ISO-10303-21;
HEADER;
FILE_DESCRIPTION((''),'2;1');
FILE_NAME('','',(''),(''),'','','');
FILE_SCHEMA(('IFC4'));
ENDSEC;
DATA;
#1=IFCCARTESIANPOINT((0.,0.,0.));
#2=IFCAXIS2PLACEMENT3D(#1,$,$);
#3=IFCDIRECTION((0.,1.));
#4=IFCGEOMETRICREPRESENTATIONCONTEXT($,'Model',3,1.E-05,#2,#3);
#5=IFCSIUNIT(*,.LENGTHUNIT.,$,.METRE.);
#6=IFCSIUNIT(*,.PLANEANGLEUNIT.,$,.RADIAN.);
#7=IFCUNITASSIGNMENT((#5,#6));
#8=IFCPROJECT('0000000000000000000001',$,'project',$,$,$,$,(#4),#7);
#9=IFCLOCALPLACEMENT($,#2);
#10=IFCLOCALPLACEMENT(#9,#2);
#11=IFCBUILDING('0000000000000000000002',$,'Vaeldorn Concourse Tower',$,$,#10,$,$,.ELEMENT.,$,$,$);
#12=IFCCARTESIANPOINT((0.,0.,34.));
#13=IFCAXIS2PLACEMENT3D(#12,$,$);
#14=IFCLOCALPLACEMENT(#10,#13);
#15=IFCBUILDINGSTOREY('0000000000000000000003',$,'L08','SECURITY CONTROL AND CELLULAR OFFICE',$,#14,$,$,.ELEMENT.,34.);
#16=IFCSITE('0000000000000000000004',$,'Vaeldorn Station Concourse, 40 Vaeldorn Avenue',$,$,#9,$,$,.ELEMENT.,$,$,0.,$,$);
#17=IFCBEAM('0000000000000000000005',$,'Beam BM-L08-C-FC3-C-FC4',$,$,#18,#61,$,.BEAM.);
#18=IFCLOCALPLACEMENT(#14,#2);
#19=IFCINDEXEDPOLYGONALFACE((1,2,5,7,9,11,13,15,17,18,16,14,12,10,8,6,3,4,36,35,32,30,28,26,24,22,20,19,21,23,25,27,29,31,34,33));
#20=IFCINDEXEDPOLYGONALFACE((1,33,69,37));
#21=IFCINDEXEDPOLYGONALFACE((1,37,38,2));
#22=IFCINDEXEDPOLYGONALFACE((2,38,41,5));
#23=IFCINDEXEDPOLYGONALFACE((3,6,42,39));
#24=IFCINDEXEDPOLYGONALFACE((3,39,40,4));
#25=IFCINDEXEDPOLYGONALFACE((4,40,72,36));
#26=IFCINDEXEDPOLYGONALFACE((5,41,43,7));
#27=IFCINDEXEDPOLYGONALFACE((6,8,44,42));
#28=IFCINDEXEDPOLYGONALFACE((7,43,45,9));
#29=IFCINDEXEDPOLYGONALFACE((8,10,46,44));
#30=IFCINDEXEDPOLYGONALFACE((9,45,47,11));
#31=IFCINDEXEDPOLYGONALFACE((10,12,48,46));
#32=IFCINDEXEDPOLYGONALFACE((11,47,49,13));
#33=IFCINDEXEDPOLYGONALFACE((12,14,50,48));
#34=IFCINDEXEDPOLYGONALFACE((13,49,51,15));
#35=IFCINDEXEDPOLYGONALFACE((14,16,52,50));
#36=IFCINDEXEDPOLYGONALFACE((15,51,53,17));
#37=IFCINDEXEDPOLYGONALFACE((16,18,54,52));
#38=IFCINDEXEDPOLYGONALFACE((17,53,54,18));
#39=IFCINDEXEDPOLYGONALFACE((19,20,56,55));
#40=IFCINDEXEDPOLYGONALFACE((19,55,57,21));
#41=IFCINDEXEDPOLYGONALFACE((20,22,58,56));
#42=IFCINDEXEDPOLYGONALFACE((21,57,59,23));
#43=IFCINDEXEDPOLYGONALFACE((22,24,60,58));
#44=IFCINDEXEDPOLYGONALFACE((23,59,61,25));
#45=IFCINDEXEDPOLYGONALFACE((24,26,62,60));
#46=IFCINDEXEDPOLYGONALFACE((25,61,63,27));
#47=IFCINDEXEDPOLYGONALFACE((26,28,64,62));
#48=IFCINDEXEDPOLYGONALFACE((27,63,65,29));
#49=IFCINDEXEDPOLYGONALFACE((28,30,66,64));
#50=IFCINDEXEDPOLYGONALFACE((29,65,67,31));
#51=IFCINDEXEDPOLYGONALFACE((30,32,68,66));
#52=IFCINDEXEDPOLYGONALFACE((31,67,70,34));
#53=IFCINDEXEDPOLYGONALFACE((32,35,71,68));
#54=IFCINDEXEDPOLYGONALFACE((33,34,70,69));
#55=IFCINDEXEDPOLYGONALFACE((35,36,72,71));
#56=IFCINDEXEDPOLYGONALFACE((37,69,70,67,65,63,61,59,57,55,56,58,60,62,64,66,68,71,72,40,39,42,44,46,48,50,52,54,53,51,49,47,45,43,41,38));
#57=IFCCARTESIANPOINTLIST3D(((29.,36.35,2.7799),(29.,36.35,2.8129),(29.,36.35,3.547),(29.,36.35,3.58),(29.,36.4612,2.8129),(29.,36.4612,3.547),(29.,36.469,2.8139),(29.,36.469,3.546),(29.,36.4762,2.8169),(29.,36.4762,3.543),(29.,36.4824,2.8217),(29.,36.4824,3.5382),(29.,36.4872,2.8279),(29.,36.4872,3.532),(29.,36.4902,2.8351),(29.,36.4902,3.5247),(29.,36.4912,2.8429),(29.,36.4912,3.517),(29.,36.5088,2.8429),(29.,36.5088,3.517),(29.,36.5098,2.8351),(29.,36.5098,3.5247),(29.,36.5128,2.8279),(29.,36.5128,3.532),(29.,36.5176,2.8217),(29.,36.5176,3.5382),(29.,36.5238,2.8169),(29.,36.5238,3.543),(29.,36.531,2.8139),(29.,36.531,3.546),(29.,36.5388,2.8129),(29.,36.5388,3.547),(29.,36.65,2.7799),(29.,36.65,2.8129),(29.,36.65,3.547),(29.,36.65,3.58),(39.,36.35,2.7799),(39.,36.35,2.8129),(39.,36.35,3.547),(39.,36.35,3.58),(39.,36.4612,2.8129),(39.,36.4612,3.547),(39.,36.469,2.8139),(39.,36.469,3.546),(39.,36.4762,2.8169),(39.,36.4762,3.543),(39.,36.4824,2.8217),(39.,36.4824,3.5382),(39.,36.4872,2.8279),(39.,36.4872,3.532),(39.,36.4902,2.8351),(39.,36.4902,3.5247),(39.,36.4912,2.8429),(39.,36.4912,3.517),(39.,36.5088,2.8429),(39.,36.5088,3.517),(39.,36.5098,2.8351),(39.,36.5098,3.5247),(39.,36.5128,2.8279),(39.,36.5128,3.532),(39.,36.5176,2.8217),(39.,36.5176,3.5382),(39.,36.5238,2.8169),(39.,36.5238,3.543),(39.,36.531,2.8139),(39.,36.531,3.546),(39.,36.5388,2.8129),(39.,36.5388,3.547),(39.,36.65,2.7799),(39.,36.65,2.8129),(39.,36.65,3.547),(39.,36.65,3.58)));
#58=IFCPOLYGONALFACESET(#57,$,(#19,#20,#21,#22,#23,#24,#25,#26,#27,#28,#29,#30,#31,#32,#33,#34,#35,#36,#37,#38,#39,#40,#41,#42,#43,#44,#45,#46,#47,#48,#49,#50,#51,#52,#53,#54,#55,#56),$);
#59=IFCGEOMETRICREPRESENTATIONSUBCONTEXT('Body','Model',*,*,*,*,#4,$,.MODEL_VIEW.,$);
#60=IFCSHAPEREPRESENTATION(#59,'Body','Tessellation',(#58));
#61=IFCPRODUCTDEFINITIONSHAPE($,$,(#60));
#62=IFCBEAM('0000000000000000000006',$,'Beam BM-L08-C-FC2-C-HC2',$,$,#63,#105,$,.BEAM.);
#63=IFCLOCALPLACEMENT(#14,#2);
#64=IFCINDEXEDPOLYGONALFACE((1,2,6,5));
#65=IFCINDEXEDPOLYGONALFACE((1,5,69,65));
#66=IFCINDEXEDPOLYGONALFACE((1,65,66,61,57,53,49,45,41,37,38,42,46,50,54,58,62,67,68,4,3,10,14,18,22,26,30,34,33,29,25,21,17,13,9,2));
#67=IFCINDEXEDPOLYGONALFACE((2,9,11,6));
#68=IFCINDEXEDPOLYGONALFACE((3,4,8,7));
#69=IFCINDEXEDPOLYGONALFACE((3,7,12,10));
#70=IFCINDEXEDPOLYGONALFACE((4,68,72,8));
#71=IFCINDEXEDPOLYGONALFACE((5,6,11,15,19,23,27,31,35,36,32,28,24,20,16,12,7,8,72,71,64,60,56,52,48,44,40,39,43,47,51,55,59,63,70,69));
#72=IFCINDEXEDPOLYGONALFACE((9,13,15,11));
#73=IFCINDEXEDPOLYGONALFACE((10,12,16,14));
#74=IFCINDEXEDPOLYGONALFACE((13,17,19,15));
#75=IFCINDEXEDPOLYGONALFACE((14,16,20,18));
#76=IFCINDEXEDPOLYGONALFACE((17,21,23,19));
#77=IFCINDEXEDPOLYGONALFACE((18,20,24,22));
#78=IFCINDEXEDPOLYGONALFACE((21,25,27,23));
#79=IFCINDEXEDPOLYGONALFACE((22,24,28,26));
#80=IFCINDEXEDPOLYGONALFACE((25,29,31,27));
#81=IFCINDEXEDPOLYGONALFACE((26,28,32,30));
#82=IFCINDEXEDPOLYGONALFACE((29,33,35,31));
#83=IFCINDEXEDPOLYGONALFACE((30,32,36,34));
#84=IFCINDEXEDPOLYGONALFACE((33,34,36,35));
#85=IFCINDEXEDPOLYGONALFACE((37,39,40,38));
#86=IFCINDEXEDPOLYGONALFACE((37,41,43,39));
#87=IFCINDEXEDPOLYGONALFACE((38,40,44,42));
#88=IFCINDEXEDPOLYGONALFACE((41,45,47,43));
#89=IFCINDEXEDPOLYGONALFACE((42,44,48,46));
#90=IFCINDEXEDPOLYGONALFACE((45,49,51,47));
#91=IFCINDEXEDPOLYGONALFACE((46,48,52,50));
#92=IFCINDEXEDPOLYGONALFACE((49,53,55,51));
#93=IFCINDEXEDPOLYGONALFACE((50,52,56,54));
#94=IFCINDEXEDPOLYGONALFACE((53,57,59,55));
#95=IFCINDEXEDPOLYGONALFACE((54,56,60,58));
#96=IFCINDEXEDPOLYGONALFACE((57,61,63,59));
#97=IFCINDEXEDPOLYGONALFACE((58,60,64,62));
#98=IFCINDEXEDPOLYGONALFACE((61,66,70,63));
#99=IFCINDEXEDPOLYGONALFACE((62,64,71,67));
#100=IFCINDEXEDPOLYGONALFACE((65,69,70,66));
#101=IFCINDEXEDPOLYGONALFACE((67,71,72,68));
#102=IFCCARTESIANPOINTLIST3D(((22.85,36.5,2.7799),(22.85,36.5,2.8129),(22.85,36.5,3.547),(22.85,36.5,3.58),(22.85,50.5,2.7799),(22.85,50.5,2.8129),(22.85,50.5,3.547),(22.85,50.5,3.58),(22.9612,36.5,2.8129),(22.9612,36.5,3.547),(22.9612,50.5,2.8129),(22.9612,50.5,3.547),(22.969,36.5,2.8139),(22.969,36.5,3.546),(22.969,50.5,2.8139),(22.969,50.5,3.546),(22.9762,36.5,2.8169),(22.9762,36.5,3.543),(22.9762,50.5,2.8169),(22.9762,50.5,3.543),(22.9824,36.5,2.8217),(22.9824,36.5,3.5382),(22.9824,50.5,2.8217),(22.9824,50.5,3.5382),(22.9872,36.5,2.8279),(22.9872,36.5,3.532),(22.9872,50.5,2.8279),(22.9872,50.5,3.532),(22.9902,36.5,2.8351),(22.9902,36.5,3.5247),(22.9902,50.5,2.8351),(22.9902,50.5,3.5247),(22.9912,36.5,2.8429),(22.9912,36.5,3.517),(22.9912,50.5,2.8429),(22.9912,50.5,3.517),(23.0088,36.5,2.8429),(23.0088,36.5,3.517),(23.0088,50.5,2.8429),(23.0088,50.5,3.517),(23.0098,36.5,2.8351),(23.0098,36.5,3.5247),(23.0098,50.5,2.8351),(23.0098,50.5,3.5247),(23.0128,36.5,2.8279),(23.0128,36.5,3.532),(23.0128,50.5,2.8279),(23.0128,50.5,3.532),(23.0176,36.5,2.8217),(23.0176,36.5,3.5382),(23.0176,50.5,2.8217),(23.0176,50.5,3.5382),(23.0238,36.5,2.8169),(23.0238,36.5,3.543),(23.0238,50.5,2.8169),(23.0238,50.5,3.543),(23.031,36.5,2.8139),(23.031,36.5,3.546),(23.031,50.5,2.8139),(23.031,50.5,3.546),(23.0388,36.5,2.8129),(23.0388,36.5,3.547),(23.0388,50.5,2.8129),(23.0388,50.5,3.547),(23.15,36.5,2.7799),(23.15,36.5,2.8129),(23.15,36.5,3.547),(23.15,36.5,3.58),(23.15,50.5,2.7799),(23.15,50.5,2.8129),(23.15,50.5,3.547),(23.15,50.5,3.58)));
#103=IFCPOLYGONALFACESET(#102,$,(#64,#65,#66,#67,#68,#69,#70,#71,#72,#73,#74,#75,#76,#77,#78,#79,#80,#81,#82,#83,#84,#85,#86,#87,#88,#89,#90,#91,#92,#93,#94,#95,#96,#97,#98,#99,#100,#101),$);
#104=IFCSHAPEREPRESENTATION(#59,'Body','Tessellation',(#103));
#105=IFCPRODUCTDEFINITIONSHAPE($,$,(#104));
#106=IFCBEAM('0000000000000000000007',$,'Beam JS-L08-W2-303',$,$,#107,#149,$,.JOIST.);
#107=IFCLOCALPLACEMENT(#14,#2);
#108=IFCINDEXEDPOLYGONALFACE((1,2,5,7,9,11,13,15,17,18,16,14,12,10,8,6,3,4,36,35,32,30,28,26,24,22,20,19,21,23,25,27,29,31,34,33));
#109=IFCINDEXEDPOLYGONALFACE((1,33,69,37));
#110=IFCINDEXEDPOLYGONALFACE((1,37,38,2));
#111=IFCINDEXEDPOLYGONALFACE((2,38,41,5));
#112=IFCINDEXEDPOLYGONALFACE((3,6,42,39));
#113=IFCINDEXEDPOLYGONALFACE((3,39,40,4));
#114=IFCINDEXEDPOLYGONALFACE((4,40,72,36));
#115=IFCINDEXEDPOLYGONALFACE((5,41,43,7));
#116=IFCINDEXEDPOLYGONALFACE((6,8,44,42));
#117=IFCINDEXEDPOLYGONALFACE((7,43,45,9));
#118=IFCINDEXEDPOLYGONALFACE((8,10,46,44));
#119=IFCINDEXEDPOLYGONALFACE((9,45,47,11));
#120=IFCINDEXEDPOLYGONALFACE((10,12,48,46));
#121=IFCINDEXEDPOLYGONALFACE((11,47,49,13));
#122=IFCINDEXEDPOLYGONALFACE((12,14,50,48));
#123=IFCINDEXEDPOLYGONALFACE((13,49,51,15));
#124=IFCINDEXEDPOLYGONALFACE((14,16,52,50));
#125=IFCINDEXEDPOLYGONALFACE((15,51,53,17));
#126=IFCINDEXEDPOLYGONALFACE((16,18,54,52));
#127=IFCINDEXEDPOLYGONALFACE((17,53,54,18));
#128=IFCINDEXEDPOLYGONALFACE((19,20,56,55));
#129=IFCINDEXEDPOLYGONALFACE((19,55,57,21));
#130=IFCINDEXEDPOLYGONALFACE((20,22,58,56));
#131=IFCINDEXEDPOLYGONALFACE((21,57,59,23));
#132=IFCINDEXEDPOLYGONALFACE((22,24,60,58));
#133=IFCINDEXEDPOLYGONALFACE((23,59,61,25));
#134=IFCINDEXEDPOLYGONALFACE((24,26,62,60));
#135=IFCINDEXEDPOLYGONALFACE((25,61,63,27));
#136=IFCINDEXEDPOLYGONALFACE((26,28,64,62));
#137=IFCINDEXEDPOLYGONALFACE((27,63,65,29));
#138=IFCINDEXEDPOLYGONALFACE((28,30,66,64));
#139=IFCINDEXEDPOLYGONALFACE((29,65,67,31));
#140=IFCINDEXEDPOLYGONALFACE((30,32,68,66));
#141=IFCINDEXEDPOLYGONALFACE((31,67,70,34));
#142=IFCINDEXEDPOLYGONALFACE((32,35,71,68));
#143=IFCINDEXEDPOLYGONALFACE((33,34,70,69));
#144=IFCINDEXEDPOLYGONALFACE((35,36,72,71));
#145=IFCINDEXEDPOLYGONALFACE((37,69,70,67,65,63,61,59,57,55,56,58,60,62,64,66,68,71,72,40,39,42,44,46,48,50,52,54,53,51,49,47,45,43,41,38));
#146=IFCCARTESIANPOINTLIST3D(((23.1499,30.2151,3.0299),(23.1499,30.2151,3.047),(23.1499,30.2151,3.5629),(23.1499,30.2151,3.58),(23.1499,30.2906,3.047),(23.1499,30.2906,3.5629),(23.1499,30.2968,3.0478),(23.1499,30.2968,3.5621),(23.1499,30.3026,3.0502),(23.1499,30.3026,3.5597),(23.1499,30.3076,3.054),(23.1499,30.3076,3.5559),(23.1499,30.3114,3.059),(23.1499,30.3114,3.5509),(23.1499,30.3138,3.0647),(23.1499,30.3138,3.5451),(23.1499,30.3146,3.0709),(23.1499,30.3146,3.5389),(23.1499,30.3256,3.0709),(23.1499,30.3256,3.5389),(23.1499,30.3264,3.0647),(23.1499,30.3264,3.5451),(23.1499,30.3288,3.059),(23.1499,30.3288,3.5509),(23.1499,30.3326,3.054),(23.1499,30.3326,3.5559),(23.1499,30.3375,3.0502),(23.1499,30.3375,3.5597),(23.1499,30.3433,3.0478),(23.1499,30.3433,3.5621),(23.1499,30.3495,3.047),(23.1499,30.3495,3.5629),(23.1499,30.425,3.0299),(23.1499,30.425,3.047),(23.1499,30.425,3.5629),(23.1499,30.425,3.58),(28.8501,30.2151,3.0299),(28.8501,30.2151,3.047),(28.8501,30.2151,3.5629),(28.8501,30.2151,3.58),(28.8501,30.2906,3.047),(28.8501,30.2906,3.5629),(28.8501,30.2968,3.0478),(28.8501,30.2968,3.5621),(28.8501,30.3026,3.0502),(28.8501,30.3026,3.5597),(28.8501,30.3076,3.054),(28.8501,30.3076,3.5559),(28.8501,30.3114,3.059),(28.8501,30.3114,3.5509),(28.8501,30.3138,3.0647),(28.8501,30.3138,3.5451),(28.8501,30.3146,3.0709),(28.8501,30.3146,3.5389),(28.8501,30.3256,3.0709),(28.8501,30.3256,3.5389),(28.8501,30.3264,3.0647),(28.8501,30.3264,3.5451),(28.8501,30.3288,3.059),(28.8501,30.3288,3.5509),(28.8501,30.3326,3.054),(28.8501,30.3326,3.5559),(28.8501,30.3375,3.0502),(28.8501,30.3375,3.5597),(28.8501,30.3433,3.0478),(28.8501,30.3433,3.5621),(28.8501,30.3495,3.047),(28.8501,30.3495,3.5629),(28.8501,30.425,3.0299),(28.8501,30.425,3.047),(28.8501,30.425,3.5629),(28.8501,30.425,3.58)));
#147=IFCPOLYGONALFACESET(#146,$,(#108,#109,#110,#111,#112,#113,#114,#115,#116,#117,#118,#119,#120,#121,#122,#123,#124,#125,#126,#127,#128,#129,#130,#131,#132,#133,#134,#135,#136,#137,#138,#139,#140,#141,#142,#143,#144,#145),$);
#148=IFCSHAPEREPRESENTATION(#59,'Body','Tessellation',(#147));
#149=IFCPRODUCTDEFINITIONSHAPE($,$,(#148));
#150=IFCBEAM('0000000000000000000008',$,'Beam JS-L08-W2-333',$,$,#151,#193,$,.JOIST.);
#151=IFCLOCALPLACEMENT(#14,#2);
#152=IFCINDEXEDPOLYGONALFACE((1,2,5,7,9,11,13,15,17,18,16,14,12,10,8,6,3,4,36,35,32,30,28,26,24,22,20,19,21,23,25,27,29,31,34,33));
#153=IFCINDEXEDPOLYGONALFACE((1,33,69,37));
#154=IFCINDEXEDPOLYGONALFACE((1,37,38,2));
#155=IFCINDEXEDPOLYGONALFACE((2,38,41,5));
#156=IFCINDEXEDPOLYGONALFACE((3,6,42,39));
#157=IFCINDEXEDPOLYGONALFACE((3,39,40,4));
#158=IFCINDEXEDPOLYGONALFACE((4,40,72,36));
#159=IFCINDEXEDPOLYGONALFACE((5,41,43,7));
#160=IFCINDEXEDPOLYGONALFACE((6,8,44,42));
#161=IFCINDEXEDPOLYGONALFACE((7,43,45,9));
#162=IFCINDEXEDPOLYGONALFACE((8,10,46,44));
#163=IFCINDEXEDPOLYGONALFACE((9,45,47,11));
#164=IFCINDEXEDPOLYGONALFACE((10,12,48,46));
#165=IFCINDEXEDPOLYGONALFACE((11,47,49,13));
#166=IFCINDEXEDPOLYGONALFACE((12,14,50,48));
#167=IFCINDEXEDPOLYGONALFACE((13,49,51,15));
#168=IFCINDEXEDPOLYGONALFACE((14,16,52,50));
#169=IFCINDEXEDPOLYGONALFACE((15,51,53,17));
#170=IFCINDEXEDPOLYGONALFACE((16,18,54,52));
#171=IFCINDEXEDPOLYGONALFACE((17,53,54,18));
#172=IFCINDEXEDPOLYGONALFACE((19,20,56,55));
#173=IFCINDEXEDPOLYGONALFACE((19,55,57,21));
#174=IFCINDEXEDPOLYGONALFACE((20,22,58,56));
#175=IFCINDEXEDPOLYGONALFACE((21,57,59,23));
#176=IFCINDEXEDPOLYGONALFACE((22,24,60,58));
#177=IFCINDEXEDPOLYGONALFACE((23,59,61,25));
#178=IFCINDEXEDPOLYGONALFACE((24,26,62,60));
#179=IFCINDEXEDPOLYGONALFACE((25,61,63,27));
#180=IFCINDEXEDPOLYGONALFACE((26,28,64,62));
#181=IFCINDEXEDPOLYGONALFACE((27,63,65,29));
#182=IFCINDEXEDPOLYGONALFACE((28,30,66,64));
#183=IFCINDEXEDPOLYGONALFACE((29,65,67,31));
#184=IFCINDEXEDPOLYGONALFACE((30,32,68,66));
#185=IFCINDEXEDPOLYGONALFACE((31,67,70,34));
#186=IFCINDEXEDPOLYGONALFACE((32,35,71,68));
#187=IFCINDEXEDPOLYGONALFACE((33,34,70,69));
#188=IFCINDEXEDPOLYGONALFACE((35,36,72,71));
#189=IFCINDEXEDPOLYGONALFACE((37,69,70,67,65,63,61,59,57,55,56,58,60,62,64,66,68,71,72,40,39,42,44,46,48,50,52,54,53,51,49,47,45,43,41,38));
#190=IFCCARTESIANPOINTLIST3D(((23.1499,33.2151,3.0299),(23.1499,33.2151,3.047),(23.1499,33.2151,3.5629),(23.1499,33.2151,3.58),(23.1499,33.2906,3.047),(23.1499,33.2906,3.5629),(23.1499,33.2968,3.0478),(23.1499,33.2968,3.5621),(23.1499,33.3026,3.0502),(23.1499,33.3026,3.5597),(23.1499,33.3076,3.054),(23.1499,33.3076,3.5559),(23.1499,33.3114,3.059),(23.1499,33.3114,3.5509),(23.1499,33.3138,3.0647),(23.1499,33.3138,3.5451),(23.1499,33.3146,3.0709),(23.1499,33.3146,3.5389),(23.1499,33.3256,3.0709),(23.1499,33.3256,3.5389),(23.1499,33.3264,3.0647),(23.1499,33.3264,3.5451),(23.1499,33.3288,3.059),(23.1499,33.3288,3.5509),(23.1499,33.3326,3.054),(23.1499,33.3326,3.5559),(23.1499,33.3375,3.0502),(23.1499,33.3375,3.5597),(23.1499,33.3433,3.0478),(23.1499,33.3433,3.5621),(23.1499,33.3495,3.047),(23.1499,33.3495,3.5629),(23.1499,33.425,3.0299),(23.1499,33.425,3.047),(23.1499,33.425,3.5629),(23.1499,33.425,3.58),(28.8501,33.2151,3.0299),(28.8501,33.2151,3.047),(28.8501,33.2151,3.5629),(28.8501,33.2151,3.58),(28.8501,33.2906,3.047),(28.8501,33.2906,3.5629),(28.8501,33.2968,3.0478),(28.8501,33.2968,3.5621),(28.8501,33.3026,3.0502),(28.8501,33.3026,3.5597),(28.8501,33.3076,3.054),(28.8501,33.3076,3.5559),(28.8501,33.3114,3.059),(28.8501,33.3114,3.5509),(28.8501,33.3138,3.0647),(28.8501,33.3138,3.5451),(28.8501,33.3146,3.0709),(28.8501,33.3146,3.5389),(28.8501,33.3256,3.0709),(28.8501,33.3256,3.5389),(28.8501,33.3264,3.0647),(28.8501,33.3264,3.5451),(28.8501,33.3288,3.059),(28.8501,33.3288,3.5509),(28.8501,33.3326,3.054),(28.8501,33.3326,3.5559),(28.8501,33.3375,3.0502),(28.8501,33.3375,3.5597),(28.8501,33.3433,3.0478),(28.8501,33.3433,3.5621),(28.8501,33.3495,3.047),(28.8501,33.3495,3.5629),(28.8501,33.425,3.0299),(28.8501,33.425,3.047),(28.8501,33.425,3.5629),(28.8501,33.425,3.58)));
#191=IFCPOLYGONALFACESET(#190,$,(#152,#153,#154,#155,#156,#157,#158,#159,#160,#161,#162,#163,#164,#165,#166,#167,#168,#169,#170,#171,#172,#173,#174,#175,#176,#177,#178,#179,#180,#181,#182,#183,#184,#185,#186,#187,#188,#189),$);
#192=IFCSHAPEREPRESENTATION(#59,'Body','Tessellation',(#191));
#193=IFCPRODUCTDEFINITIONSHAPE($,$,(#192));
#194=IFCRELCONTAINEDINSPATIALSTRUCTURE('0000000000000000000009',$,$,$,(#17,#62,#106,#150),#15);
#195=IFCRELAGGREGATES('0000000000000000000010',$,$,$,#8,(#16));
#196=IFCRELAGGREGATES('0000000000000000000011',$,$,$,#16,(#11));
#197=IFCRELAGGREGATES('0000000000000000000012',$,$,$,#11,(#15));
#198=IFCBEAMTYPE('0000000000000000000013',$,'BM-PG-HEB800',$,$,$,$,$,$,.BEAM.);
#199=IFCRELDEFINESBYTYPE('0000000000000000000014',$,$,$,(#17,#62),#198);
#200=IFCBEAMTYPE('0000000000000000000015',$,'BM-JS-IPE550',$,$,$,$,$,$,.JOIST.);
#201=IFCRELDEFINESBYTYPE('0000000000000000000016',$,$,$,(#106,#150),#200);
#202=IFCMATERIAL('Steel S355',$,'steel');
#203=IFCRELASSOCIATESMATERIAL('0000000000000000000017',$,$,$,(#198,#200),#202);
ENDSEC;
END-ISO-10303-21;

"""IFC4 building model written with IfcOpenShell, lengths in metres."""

from ifc_helpers import new_model, si_unit, direction, frame, origin, origin_2d, place, context, subcontext, project, spatial, i_section, extrude, source, transform, mapped, material, material_profile, profile_set, type_object, element, save


model = new_model("IFC4")

# Units and contexts
model_context = context("Model", 3, precision=1e-05, world=origin(), true_north=direction((0.0, 1.0)))
body_context = subcontext(model_context, "Body", "Model", "MODEL_VIEW")
ifc_project = project(units=[si_unit("LENGTHUNIT", "METRE"), si_unit("PLANEANGLEUNIT", "RADIAN")], contexts=[model_context])

# Site, building, storey
site_placement = place(None, origin())
site = spatial("IfcSite", under=ifc_project, at=site_placement, Name="Vaeldorn Station Concourse, 40 Vaeldorn Avenue", CompositionType="ELEMENT", RefElevation=0.0)
building_placement = place(site_placement, origin())
building = spatial("IfcBuilding", under=site, at=building_placement, Name="Vaeldorn Concourse Tower", CompositionType="ELEMENT")
storey_placement = place(building_placement, frame((0.0, 0.0, 34.0)))
storey = spatial("IfcBuildingStorey", under=building, at=storey_placement, Name="L08", Description="SECURITY CONTROL AND CELLULAR OFFICE", CompositionType="ELEMENT", Elevation=34.0)

# Beams
ifc_material_1 = material(Name="Steel S355", Category="steel")
ifc_material_profile_1 = material_profile(ifc_material_1, i_section(OverallWidth=0.3, OverallDepth=0.8, WebThickness=0.0176, FlangeThickness=0.033, FilletRadius=0.03, at=origin_2d()), Name="HEB 800")
ifc_profile_set_1 = profile_set([ifc_material_profile_1], Name="Steel S355")
beam_type_1 = type_object("IfcBeamType", Name="BM-PG-HEB800", PredefinedType="BEAM", material=ifc_profile_set_1)
shared_shape_1 = source(origin(), body_context, "Body", "SweptSolid", [
    extrude(i_section(OverallWidth=0.3, OverallDepth=0.8, WebThickness=0.0176, FlangeThickness=0.033, FilletRadius=0.03, at=origin_2d()), origin(), (0.0, 0.0, 1.0), 10.0),
])
beam_1_placement = place(storey_placement, frame((29.0, 36.5, 3.1799), z_axis=(1.0, 0.0, 0.0), x_axis=(0.0, 1.0, 0.0)))
element("IfcBeam", 1, at=beam_1_placement, inside=storey, type_object=beam_type_1, Name="Beam BM-L08-C-FC3-C-FC4", PredefinedType="BEAM", context=body_context, shape_type="MappedRepresentation", body=[
    mapped(shared_shape_1, transform((0.0, 0.0, 0.0), scale=1.0)),
])
shared_shape_2 = source(origin(), body_context, "Body", "SweptSolid", [
    extrude(i_section(OverallWidth=0.3, OverallDepth=0.8, WebThickness=0.0176, FlangeThickness=0.033, FilletRadius=0.03, at=origin_2d()), origin(), (0.0, 0.0, 1.0), 14.0),
])
beam_2_placement = place(storey_placement, frame((23.0, 36.5, 3.1799), z_axis=(0.0, 1.0, 0.0), x_axis=(-1.0, 0.0, 0.0)))
element("IfcBeam", 2, at=beam_2_placement, inside=storey, type_object=beam_type_1, Name="Beam BM-L08-C-FC2-C-HC2", PredefinedType="BEAM", context=body_context, shape_type="MappedRepresentation", body=[
    mapped(shared_shape_2, transform((0.0, 0.0, 0.0), scale=1.0)),
])
ifc_material_profile_2 = material_profile(ifc_material_1, i_section(OverallWidth=0.21, OverallDepth=0.55, WebThickness=0.011, FlangeThickness=0.0171, FilletRadius=0.0239, at=origin_2d()), Name="IPE 550")
ifc_profile_set_2 = profile_set([ifc_material_profile_2], Name="Steel S355")
beam_type_2 = type_object("IfcBeamType", Name="BM-JS-IPE550", PredefinedType="JOIST", material=ifc_profile_set_2)
shared_shape_3 = source(origin(), body_context, "Body", "SweptSolid", [
    extrude(i_section(OverallWidth=0.21, OverallDepth=0.55, WebThickness=0.011, FlangeThickness=0.0171, FilletRadius=0.0239, at=origin_2d()), origin(), (0.0, 0.0, 1.0), 5.7002),
])
for number, where, z_axis, x_axis, name in (
    (3, (23.1499, 30.3201, 3.3049), (1.0, 0.0, 0.0), (0.0, 1.0, 0.0), "Beam JS-L08-W2-303"),
    (4, (23.1499, 33.3201, 3.3049), (1.0, 0.0, 0.0), (0.0, 1.0, 0.0), "Beam JS-L08-W2-333"),
):
    element("IfcBeam", number, at=place(storey_placement, frame(where, z_axis=z_axis, x_axis=x_axis)), inside=storey, type_object=beam_type_2, Name=name, PredefinedType="JOIST", context=body_context, shape_type="MappedRepresentation", body=[
        mapped(shared_shape_3, transform((0.0, 0.0, 0.0), scale=1.0)),
    ])

save(model, "model.ifc")
